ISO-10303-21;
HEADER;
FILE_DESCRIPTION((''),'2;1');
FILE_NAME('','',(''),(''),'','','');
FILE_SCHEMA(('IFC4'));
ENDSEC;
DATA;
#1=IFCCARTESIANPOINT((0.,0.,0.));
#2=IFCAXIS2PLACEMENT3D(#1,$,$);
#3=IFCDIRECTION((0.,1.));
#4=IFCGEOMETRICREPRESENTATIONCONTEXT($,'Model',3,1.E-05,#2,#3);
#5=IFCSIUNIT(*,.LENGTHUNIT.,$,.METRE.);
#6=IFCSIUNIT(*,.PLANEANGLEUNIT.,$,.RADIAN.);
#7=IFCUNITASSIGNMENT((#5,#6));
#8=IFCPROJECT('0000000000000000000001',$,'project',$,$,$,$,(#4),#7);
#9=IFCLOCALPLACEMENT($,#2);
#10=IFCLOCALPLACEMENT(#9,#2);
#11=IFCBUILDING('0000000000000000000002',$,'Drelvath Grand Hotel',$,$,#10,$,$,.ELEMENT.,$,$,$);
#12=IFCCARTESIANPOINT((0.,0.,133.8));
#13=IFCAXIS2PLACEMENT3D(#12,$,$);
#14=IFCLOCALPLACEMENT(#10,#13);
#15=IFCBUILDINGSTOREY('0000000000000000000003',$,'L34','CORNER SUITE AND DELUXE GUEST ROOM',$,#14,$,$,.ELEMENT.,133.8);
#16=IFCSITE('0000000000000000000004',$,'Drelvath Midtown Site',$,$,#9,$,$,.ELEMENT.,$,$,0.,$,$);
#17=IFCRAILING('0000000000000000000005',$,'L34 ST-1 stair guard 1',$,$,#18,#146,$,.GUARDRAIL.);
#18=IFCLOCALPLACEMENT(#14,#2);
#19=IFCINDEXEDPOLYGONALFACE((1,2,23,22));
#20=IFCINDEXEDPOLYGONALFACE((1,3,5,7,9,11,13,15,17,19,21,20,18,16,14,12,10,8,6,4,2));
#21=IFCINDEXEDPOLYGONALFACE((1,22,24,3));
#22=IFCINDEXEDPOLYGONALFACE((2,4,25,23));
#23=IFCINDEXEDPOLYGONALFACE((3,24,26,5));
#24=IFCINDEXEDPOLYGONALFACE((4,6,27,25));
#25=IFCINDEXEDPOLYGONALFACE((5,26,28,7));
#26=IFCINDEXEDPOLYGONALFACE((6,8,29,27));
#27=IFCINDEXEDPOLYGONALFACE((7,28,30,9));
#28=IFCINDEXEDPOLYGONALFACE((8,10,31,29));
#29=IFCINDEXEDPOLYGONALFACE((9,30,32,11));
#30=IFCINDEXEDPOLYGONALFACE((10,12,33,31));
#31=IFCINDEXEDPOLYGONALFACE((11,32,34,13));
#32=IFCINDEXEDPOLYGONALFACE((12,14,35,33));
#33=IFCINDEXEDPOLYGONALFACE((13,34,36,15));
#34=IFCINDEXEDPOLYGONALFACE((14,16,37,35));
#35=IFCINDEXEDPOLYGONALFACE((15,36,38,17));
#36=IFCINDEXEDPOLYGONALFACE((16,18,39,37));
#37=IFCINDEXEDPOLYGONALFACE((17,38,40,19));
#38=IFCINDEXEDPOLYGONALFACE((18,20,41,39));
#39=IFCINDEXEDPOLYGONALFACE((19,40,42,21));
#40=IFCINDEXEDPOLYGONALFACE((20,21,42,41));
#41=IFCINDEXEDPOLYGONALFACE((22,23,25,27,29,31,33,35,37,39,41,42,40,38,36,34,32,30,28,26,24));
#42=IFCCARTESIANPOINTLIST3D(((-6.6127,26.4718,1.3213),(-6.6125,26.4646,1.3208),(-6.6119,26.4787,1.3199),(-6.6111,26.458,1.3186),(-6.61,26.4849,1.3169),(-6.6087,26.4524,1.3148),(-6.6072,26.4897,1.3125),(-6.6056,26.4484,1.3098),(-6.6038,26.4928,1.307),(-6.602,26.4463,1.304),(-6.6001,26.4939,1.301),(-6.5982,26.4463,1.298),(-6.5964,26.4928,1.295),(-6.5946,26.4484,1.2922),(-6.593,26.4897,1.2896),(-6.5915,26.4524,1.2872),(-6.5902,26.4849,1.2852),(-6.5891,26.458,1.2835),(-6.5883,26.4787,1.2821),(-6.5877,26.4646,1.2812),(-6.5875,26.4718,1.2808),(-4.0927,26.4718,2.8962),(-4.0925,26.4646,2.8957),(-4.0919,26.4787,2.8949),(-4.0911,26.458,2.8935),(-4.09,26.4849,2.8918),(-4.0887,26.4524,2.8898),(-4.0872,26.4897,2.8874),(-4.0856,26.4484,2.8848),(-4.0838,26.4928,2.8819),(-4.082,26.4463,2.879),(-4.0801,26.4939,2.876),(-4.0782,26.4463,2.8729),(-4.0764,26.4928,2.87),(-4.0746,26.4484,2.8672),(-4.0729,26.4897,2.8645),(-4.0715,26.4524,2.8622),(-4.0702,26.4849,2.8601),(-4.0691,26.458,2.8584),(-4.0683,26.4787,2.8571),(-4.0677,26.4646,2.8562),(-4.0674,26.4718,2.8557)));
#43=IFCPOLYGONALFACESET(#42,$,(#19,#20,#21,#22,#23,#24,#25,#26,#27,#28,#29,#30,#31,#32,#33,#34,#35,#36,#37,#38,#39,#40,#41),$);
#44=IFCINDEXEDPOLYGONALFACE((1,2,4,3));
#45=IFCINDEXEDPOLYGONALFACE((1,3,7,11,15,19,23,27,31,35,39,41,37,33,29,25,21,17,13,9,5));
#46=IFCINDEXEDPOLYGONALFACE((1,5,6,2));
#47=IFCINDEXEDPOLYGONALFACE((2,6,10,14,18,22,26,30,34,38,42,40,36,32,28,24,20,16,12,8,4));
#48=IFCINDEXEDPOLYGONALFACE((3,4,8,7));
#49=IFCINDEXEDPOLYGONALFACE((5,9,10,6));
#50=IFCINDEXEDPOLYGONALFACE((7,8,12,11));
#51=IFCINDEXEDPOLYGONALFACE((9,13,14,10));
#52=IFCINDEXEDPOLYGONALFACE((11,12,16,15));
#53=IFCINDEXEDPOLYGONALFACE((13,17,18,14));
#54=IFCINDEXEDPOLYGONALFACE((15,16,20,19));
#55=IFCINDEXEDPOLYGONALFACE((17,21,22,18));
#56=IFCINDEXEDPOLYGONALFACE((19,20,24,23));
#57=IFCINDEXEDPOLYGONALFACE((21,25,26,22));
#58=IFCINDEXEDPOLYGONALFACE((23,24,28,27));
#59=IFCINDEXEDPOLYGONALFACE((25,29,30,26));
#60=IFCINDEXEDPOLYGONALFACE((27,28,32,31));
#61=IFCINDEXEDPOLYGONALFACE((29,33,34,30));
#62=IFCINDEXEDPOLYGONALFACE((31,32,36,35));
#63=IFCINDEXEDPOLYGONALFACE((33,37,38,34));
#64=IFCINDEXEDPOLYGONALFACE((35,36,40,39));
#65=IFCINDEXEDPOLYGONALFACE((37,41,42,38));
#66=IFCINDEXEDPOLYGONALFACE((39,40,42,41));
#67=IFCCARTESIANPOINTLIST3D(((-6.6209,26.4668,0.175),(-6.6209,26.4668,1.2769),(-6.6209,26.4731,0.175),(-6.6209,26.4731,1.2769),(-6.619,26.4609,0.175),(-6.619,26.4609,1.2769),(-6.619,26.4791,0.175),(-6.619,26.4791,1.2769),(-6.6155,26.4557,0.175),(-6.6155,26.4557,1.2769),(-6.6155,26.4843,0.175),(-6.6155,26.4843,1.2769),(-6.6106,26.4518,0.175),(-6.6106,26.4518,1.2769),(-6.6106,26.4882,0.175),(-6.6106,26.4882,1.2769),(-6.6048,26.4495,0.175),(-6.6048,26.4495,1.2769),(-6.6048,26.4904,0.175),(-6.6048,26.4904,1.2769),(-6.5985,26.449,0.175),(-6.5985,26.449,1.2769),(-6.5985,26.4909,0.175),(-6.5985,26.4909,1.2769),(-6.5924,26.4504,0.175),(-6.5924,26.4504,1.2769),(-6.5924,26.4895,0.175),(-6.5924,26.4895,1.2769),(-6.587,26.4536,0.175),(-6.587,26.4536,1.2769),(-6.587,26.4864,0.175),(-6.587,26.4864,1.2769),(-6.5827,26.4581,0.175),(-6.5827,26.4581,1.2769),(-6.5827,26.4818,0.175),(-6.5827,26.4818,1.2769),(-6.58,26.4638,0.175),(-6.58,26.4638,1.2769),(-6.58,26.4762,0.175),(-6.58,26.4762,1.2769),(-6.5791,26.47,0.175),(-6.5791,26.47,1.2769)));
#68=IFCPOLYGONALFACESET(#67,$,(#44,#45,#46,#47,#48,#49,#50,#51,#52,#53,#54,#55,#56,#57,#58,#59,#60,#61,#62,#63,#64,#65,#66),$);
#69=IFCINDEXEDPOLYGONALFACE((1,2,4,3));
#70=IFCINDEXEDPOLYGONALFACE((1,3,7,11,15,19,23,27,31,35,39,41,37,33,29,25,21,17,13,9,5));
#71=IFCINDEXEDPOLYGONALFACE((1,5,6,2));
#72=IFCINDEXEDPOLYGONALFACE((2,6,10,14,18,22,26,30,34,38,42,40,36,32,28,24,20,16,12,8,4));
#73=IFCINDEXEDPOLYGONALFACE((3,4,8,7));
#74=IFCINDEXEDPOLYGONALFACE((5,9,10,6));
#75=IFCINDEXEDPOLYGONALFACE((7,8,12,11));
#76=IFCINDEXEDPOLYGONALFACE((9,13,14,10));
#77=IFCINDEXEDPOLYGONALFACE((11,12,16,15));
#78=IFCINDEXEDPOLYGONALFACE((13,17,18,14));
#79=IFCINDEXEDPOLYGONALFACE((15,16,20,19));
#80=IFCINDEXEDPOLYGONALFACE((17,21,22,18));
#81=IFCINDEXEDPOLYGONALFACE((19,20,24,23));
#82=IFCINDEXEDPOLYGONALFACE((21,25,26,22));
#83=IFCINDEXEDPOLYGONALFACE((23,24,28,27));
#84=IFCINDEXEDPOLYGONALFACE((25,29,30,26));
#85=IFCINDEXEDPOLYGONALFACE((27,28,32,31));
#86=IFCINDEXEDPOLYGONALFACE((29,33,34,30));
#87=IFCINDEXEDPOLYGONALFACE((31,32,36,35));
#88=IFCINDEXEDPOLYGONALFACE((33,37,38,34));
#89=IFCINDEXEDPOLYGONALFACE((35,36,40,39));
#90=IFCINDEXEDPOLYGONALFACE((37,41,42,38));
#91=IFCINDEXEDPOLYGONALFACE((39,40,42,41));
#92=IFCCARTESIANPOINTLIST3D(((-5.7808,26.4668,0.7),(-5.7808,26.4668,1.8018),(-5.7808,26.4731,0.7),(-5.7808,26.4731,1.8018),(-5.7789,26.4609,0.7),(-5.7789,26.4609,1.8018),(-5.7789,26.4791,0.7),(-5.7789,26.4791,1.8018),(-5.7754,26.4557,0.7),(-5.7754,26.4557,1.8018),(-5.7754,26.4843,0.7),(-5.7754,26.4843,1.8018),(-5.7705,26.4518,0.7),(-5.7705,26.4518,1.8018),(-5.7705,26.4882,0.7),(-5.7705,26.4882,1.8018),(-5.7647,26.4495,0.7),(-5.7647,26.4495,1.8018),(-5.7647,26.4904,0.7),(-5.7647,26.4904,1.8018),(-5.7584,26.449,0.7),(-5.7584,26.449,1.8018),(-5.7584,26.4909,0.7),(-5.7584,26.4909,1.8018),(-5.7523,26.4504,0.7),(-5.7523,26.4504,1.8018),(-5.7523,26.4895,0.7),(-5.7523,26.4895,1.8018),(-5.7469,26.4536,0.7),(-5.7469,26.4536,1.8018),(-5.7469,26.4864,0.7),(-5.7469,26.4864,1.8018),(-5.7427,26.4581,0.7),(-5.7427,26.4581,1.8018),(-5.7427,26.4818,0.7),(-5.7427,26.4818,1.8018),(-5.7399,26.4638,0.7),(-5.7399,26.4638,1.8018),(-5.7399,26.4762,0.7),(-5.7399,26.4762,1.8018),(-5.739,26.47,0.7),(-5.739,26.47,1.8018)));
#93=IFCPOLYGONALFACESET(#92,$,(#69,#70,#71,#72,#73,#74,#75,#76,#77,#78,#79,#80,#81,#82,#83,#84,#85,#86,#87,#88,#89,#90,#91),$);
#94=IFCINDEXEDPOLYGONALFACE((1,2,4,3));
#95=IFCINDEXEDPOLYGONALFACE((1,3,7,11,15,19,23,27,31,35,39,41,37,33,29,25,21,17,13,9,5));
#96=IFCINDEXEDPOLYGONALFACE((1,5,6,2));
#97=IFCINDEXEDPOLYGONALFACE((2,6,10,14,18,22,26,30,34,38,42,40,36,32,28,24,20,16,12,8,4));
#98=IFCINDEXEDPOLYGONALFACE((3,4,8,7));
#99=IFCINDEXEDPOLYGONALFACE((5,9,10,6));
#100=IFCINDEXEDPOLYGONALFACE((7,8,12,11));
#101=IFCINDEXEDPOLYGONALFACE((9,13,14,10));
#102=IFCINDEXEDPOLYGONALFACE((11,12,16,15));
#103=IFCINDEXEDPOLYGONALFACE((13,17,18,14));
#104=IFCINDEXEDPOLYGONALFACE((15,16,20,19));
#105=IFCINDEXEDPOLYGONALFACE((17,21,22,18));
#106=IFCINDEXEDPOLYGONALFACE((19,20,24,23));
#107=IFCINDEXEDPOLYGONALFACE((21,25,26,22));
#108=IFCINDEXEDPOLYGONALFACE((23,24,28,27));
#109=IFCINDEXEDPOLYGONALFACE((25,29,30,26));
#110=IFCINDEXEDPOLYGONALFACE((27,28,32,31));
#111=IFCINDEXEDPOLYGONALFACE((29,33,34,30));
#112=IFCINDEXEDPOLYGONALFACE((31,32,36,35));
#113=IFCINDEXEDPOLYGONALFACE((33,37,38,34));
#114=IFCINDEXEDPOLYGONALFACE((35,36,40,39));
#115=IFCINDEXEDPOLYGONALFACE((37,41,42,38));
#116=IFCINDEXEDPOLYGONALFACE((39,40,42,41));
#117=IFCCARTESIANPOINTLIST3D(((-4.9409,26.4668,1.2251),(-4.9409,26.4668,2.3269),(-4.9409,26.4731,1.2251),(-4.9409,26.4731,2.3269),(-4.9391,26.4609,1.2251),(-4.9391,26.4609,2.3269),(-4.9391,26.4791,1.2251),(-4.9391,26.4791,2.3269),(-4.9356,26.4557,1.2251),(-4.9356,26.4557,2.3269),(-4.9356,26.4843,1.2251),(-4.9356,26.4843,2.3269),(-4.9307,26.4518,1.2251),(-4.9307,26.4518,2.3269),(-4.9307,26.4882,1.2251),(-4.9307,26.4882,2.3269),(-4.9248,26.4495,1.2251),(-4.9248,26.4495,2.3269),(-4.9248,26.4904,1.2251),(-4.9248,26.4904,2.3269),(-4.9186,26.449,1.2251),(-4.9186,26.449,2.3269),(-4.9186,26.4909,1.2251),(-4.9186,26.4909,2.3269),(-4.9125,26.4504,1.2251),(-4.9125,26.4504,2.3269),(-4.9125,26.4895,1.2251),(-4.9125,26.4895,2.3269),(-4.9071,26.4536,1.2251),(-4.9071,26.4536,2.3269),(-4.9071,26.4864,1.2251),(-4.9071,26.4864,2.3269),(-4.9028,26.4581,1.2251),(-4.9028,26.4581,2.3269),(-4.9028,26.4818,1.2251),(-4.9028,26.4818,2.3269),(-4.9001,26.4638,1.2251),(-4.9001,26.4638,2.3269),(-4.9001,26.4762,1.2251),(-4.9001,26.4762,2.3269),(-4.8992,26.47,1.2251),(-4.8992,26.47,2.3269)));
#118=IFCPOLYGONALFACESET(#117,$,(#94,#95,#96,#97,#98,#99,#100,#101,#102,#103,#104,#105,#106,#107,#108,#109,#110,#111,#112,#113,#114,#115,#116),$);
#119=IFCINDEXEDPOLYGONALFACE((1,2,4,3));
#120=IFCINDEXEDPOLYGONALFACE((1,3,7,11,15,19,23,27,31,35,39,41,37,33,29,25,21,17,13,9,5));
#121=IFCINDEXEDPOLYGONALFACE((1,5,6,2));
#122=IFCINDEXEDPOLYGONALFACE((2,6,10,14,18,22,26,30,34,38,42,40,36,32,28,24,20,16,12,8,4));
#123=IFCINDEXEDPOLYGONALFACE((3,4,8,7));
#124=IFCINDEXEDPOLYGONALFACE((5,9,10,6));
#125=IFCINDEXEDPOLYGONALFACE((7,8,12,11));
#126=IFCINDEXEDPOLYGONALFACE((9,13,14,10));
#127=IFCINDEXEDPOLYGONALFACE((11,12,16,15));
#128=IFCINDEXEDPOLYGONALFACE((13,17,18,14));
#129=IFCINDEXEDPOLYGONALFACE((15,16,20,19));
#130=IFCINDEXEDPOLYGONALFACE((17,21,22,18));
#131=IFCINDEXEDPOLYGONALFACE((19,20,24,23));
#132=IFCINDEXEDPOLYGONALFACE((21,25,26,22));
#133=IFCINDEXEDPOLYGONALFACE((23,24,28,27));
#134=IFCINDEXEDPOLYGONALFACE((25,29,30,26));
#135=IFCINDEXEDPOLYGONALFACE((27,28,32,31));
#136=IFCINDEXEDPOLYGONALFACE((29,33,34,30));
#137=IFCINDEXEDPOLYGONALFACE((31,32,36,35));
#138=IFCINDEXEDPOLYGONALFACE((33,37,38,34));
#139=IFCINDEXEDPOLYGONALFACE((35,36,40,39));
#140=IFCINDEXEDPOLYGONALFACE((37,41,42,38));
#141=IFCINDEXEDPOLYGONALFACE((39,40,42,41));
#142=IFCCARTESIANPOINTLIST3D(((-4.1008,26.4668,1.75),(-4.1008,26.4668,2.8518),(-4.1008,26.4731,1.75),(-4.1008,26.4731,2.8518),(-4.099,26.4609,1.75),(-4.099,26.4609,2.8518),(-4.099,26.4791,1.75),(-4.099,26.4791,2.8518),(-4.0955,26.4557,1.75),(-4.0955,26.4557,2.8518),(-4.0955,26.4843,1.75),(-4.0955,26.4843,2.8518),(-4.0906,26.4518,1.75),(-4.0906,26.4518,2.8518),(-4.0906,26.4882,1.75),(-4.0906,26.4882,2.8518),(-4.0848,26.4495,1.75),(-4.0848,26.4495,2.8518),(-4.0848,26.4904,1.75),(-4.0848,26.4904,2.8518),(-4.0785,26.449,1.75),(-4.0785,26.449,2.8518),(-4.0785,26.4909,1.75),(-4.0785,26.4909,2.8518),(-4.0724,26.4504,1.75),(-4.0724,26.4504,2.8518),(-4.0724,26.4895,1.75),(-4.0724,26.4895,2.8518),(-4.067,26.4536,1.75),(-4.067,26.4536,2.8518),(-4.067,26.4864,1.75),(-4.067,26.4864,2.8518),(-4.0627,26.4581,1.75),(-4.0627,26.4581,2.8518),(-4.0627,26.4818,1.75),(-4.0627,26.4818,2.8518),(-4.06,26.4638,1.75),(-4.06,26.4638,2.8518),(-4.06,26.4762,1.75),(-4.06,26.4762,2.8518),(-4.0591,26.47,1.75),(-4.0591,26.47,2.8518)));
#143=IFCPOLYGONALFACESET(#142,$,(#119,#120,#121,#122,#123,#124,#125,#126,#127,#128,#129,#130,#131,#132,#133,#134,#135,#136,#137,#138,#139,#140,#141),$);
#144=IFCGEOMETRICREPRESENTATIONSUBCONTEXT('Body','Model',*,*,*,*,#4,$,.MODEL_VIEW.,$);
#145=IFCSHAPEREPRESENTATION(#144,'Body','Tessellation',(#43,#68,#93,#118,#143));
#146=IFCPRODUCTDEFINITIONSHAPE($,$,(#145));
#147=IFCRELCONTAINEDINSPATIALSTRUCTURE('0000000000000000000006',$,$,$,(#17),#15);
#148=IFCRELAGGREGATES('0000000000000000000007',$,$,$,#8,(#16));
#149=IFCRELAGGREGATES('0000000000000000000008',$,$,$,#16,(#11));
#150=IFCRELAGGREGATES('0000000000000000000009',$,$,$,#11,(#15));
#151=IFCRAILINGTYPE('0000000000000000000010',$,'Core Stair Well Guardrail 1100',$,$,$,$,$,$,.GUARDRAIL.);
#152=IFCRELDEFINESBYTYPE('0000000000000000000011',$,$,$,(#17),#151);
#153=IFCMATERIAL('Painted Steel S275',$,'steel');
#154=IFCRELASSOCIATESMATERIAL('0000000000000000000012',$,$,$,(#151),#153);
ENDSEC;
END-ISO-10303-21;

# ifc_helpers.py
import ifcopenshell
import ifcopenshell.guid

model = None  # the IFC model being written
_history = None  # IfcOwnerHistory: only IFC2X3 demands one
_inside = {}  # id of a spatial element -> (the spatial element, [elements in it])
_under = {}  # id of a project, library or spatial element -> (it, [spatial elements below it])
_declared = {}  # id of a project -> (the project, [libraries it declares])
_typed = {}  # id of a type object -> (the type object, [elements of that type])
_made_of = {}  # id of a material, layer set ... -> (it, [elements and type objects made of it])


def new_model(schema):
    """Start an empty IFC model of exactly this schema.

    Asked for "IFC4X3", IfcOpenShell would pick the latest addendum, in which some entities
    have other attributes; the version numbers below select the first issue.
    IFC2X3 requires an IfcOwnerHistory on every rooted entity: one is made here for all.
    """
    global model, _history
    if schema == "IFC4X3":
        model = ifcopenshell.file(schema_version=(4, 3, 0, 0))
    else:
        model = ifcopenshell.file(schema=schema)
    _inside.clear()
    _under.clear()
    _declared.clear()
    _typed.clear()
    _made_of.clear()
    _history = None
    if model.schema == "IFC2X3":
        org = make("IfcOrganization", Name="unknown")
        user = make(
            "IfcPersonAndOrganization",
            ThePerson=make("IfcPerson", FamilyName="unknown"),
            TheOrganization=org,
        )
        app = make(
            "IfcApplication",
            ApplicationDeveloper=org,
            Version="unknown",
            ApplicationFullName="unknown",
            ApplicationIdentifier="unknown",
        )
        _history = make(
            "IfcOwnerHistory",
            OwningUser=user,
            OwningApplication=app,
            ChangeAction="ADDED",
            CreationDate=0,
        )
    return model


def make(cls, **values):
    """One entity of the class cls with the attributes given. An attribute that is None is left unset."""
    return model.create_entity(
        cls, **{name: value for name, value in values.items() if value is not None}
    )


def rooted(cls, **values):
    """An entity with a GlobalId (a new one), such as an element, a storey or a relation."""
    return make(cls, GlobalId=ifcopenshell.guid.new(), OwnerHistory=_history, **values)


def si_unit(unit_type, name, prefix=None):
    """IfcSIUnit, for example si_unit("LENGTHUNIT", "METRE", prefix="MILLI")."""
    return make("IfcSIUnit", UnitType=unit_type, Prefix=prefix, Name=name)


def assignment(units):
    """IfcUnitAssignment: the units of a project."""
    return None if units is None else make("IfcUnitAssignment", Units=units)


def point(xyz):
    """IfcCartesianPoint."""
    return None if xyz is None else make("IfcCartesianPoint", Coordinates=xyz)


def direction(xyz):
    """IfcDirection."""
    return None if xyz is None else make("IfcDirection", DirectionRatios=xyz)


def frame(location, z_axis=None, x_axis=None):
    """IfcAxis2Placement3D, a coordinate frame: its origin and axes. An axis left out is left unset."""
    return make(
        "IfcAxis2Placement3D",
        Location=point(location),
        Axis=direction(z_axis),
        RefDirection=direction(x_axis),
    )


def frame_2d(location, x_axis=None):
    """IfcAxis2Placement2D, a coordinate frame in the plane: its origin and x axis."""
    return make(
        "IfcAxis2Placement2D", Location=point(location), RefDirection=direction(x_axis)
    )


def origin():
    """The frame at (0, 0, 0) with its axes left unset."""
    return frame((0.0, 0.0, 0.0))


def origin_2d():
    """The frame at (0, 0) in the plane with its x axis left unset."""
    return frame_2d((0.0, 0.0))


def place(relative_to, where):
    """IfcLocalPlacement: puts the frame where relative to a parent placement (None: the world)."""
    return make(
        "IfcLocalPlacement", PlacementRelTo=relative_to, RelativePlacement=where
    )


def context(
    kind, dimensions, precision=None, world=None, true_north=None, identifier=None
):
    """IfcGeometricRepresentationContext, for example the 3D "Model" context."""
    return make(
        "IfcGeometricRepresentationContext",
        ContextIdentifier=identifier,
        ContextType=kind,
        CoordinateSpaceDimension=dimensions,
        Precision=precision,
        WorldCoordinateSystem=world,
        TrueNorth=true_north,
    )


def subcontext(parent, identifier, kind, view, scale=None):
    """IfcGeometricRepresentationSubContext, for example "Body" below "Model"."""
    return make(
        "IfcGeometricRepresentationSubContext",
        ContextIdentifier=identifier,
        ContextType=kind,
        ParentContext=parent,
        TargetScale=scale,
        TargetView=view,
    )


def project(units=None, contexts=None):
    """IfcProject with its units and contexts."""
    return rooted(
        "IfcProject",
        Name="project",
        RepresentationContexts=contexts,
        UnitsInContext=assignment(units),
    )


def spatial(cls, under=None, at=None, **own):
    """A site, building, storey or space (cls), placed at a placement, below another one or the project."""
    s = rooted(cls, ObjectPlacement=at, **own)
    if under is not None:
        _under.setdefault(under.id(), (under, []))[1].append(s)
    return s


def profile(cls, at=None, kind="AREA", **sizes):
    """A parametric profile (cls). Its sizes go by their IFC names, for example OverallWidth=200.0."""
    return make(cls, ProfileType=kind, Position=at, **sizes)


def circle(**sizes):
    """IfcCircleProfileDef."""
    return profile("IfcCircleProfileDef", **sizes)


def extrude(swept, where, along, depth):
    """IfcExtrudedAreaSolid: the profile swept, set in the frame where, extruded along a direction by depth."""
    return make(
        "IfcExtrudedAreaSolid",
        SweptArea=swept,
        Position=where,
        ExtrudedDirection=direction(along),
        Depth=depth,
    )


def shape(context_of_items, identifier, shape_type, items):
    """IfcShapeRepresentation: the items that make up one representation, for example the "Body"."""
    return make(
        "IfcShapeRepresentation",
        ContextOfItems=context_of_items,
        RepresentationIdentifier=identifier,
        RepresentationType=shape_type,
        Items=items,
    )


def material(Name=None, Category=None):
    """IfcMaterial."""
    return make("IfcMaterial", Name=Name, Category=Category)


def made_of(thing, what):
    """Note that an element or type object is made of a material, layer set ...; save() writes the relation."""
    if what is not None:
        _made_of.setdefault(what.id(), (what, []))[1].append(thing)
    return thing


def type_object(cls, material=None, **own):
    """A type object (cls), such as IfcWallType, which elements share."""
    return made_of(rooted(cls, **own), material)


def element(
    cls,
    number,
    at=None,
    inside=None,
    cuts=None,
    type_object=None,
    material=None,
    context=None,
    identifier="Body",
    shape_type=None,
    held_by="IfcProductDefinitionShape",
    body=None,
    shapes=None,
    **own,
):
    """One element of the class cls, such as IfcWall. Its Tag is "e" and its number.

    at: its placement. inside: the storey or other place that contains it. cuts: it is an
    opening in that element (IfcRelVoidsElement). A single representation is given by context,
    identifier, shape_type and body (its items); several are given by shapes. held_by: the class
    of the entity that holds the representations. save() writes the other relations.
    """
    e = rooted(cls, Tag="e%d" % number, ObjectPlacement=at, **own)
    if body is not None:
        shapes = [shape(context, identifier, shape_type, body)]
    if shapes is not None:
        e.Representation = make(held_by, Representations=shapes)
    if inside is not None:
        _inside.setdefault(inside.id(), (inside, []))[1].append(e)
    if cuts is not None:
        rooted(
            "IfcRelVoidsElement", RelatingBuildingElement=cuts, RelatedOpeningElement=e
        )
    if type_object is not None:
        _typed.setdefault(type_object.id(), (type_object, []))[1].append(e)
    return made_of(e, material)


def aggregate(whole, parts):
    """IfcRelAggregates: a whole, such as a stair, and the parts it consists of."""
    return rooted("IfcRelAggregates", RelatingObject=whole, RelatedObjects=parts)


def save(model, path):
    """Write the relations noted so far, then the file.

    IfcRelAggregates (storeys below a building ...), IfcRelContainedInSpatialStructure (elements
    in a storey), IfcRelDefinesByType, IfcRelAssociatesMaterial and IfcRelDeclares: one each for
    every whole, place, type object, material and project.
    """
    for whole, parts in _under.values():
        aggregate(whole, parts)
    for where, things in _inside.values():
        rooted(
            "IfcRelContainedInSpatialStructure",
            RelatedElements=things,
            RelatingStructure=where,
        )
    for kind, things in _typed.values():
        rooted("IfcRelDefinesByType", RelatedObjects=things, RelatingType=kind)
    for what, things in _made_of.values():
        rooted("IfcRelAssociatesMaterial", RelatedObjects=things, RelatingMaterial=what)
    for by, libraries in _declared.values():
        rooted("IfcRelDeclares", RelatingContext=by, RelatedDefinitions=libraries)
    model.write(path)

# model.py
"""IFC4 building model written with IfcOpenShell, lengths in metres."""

from ifc_helpers import new_model, si_unit, direction, frame, origin, origin_2d, place, context, subcontext, project, spatial, circle, extrude, material, type_object, element, save


model = new_model("IFC4")

# Units and contexts
model_context = context("Model", 3, precision=1e-05, world=origin(), true_north=direction((0.0, 1.0)))
body_context = subcontext(model_context, "Body", "Model", "MODEL_VIEW")
ifc_project = project(units=[si_unit("LENGTHUNIT", "METRE"), si_unit("PLANEANGLEUNIT", "RADIAN")], contexts=[model_context])

# Site, building, storey
site_placement = place(None, origin())
site = spatial("IfcSite", under=ifc_project, at=site_placement, Name="Drelvath Midtown Site", CompositionType="ELEMENT", RefElevation=0.0)
building_placement = place(site_placement, origin())
building = spatial("IfcBuilding", under=site, at=building_placement, Name="Drelvath Grand Hotel", CompositionType="ELEMENT")
storey_placement = place(building_placement, frame((0.0, 0.0, 133.8)))
storey = spatial("IfcBuildingStorey", under=building, at=storey_placement, Name="L34", Description="CORNER SUITE AND DELUXE GUEST ROOM", CompositionType="ELEMENT", Elevation=133.8)

# Railing
ifc_material_1 = material(Name="Painted Steel S275", Category="steel")
railing_type_1 = type_object("IfcRailingType", Name="Core Stair Well Guardrail 1100", PredefinedType="GUARDRAIL", material=ifc_material_1)
railing_1_placement = place(storey_placement, frame((-6.6001, 26.47, 0.175)))
element("IfcRailing", 1, at=railing_1_placement, inside=storey, type_object=railing_type_1, Name="L34 ST-1 stair guard 1", PredefinedType="GUARDRAIL", context=body_context, shape_type="SweptSolid", body=[
    extrude(circle(Radius=0.0239, at=origin_2d()), frame((0.0, 0.0, 1.126), z_axis=(0.848008, 0.0, 0.529984), x_axis=(0.0, 1.0, 0.0)), (0.0, 0.0, 1.0), 2.9717),
    extrude(circle(Radius=0.021, at=origin_2d()), origin(), (0.0, 0.0, 1.0), 1.1018),
    extrude(circle(Radius=0.021, at=origin_2d()), frame((0.8401, 0.0, 0.5249)), (0.0, 0.0, 1.0), 1.1018),
    extrude(circle(Radius=0.021, at=origin_2d()), frame((1.6799, 0.0, 1.05)), (0.0, 0.0, 1.0), 1.1018),
    extrude(circle(Radius=0.021, at=origin_2d()), frame((2.52, 0.0, 1.575)), (0.0, 0.0, 1.0), 1.1018),
])

save(model, "model.ifc")
